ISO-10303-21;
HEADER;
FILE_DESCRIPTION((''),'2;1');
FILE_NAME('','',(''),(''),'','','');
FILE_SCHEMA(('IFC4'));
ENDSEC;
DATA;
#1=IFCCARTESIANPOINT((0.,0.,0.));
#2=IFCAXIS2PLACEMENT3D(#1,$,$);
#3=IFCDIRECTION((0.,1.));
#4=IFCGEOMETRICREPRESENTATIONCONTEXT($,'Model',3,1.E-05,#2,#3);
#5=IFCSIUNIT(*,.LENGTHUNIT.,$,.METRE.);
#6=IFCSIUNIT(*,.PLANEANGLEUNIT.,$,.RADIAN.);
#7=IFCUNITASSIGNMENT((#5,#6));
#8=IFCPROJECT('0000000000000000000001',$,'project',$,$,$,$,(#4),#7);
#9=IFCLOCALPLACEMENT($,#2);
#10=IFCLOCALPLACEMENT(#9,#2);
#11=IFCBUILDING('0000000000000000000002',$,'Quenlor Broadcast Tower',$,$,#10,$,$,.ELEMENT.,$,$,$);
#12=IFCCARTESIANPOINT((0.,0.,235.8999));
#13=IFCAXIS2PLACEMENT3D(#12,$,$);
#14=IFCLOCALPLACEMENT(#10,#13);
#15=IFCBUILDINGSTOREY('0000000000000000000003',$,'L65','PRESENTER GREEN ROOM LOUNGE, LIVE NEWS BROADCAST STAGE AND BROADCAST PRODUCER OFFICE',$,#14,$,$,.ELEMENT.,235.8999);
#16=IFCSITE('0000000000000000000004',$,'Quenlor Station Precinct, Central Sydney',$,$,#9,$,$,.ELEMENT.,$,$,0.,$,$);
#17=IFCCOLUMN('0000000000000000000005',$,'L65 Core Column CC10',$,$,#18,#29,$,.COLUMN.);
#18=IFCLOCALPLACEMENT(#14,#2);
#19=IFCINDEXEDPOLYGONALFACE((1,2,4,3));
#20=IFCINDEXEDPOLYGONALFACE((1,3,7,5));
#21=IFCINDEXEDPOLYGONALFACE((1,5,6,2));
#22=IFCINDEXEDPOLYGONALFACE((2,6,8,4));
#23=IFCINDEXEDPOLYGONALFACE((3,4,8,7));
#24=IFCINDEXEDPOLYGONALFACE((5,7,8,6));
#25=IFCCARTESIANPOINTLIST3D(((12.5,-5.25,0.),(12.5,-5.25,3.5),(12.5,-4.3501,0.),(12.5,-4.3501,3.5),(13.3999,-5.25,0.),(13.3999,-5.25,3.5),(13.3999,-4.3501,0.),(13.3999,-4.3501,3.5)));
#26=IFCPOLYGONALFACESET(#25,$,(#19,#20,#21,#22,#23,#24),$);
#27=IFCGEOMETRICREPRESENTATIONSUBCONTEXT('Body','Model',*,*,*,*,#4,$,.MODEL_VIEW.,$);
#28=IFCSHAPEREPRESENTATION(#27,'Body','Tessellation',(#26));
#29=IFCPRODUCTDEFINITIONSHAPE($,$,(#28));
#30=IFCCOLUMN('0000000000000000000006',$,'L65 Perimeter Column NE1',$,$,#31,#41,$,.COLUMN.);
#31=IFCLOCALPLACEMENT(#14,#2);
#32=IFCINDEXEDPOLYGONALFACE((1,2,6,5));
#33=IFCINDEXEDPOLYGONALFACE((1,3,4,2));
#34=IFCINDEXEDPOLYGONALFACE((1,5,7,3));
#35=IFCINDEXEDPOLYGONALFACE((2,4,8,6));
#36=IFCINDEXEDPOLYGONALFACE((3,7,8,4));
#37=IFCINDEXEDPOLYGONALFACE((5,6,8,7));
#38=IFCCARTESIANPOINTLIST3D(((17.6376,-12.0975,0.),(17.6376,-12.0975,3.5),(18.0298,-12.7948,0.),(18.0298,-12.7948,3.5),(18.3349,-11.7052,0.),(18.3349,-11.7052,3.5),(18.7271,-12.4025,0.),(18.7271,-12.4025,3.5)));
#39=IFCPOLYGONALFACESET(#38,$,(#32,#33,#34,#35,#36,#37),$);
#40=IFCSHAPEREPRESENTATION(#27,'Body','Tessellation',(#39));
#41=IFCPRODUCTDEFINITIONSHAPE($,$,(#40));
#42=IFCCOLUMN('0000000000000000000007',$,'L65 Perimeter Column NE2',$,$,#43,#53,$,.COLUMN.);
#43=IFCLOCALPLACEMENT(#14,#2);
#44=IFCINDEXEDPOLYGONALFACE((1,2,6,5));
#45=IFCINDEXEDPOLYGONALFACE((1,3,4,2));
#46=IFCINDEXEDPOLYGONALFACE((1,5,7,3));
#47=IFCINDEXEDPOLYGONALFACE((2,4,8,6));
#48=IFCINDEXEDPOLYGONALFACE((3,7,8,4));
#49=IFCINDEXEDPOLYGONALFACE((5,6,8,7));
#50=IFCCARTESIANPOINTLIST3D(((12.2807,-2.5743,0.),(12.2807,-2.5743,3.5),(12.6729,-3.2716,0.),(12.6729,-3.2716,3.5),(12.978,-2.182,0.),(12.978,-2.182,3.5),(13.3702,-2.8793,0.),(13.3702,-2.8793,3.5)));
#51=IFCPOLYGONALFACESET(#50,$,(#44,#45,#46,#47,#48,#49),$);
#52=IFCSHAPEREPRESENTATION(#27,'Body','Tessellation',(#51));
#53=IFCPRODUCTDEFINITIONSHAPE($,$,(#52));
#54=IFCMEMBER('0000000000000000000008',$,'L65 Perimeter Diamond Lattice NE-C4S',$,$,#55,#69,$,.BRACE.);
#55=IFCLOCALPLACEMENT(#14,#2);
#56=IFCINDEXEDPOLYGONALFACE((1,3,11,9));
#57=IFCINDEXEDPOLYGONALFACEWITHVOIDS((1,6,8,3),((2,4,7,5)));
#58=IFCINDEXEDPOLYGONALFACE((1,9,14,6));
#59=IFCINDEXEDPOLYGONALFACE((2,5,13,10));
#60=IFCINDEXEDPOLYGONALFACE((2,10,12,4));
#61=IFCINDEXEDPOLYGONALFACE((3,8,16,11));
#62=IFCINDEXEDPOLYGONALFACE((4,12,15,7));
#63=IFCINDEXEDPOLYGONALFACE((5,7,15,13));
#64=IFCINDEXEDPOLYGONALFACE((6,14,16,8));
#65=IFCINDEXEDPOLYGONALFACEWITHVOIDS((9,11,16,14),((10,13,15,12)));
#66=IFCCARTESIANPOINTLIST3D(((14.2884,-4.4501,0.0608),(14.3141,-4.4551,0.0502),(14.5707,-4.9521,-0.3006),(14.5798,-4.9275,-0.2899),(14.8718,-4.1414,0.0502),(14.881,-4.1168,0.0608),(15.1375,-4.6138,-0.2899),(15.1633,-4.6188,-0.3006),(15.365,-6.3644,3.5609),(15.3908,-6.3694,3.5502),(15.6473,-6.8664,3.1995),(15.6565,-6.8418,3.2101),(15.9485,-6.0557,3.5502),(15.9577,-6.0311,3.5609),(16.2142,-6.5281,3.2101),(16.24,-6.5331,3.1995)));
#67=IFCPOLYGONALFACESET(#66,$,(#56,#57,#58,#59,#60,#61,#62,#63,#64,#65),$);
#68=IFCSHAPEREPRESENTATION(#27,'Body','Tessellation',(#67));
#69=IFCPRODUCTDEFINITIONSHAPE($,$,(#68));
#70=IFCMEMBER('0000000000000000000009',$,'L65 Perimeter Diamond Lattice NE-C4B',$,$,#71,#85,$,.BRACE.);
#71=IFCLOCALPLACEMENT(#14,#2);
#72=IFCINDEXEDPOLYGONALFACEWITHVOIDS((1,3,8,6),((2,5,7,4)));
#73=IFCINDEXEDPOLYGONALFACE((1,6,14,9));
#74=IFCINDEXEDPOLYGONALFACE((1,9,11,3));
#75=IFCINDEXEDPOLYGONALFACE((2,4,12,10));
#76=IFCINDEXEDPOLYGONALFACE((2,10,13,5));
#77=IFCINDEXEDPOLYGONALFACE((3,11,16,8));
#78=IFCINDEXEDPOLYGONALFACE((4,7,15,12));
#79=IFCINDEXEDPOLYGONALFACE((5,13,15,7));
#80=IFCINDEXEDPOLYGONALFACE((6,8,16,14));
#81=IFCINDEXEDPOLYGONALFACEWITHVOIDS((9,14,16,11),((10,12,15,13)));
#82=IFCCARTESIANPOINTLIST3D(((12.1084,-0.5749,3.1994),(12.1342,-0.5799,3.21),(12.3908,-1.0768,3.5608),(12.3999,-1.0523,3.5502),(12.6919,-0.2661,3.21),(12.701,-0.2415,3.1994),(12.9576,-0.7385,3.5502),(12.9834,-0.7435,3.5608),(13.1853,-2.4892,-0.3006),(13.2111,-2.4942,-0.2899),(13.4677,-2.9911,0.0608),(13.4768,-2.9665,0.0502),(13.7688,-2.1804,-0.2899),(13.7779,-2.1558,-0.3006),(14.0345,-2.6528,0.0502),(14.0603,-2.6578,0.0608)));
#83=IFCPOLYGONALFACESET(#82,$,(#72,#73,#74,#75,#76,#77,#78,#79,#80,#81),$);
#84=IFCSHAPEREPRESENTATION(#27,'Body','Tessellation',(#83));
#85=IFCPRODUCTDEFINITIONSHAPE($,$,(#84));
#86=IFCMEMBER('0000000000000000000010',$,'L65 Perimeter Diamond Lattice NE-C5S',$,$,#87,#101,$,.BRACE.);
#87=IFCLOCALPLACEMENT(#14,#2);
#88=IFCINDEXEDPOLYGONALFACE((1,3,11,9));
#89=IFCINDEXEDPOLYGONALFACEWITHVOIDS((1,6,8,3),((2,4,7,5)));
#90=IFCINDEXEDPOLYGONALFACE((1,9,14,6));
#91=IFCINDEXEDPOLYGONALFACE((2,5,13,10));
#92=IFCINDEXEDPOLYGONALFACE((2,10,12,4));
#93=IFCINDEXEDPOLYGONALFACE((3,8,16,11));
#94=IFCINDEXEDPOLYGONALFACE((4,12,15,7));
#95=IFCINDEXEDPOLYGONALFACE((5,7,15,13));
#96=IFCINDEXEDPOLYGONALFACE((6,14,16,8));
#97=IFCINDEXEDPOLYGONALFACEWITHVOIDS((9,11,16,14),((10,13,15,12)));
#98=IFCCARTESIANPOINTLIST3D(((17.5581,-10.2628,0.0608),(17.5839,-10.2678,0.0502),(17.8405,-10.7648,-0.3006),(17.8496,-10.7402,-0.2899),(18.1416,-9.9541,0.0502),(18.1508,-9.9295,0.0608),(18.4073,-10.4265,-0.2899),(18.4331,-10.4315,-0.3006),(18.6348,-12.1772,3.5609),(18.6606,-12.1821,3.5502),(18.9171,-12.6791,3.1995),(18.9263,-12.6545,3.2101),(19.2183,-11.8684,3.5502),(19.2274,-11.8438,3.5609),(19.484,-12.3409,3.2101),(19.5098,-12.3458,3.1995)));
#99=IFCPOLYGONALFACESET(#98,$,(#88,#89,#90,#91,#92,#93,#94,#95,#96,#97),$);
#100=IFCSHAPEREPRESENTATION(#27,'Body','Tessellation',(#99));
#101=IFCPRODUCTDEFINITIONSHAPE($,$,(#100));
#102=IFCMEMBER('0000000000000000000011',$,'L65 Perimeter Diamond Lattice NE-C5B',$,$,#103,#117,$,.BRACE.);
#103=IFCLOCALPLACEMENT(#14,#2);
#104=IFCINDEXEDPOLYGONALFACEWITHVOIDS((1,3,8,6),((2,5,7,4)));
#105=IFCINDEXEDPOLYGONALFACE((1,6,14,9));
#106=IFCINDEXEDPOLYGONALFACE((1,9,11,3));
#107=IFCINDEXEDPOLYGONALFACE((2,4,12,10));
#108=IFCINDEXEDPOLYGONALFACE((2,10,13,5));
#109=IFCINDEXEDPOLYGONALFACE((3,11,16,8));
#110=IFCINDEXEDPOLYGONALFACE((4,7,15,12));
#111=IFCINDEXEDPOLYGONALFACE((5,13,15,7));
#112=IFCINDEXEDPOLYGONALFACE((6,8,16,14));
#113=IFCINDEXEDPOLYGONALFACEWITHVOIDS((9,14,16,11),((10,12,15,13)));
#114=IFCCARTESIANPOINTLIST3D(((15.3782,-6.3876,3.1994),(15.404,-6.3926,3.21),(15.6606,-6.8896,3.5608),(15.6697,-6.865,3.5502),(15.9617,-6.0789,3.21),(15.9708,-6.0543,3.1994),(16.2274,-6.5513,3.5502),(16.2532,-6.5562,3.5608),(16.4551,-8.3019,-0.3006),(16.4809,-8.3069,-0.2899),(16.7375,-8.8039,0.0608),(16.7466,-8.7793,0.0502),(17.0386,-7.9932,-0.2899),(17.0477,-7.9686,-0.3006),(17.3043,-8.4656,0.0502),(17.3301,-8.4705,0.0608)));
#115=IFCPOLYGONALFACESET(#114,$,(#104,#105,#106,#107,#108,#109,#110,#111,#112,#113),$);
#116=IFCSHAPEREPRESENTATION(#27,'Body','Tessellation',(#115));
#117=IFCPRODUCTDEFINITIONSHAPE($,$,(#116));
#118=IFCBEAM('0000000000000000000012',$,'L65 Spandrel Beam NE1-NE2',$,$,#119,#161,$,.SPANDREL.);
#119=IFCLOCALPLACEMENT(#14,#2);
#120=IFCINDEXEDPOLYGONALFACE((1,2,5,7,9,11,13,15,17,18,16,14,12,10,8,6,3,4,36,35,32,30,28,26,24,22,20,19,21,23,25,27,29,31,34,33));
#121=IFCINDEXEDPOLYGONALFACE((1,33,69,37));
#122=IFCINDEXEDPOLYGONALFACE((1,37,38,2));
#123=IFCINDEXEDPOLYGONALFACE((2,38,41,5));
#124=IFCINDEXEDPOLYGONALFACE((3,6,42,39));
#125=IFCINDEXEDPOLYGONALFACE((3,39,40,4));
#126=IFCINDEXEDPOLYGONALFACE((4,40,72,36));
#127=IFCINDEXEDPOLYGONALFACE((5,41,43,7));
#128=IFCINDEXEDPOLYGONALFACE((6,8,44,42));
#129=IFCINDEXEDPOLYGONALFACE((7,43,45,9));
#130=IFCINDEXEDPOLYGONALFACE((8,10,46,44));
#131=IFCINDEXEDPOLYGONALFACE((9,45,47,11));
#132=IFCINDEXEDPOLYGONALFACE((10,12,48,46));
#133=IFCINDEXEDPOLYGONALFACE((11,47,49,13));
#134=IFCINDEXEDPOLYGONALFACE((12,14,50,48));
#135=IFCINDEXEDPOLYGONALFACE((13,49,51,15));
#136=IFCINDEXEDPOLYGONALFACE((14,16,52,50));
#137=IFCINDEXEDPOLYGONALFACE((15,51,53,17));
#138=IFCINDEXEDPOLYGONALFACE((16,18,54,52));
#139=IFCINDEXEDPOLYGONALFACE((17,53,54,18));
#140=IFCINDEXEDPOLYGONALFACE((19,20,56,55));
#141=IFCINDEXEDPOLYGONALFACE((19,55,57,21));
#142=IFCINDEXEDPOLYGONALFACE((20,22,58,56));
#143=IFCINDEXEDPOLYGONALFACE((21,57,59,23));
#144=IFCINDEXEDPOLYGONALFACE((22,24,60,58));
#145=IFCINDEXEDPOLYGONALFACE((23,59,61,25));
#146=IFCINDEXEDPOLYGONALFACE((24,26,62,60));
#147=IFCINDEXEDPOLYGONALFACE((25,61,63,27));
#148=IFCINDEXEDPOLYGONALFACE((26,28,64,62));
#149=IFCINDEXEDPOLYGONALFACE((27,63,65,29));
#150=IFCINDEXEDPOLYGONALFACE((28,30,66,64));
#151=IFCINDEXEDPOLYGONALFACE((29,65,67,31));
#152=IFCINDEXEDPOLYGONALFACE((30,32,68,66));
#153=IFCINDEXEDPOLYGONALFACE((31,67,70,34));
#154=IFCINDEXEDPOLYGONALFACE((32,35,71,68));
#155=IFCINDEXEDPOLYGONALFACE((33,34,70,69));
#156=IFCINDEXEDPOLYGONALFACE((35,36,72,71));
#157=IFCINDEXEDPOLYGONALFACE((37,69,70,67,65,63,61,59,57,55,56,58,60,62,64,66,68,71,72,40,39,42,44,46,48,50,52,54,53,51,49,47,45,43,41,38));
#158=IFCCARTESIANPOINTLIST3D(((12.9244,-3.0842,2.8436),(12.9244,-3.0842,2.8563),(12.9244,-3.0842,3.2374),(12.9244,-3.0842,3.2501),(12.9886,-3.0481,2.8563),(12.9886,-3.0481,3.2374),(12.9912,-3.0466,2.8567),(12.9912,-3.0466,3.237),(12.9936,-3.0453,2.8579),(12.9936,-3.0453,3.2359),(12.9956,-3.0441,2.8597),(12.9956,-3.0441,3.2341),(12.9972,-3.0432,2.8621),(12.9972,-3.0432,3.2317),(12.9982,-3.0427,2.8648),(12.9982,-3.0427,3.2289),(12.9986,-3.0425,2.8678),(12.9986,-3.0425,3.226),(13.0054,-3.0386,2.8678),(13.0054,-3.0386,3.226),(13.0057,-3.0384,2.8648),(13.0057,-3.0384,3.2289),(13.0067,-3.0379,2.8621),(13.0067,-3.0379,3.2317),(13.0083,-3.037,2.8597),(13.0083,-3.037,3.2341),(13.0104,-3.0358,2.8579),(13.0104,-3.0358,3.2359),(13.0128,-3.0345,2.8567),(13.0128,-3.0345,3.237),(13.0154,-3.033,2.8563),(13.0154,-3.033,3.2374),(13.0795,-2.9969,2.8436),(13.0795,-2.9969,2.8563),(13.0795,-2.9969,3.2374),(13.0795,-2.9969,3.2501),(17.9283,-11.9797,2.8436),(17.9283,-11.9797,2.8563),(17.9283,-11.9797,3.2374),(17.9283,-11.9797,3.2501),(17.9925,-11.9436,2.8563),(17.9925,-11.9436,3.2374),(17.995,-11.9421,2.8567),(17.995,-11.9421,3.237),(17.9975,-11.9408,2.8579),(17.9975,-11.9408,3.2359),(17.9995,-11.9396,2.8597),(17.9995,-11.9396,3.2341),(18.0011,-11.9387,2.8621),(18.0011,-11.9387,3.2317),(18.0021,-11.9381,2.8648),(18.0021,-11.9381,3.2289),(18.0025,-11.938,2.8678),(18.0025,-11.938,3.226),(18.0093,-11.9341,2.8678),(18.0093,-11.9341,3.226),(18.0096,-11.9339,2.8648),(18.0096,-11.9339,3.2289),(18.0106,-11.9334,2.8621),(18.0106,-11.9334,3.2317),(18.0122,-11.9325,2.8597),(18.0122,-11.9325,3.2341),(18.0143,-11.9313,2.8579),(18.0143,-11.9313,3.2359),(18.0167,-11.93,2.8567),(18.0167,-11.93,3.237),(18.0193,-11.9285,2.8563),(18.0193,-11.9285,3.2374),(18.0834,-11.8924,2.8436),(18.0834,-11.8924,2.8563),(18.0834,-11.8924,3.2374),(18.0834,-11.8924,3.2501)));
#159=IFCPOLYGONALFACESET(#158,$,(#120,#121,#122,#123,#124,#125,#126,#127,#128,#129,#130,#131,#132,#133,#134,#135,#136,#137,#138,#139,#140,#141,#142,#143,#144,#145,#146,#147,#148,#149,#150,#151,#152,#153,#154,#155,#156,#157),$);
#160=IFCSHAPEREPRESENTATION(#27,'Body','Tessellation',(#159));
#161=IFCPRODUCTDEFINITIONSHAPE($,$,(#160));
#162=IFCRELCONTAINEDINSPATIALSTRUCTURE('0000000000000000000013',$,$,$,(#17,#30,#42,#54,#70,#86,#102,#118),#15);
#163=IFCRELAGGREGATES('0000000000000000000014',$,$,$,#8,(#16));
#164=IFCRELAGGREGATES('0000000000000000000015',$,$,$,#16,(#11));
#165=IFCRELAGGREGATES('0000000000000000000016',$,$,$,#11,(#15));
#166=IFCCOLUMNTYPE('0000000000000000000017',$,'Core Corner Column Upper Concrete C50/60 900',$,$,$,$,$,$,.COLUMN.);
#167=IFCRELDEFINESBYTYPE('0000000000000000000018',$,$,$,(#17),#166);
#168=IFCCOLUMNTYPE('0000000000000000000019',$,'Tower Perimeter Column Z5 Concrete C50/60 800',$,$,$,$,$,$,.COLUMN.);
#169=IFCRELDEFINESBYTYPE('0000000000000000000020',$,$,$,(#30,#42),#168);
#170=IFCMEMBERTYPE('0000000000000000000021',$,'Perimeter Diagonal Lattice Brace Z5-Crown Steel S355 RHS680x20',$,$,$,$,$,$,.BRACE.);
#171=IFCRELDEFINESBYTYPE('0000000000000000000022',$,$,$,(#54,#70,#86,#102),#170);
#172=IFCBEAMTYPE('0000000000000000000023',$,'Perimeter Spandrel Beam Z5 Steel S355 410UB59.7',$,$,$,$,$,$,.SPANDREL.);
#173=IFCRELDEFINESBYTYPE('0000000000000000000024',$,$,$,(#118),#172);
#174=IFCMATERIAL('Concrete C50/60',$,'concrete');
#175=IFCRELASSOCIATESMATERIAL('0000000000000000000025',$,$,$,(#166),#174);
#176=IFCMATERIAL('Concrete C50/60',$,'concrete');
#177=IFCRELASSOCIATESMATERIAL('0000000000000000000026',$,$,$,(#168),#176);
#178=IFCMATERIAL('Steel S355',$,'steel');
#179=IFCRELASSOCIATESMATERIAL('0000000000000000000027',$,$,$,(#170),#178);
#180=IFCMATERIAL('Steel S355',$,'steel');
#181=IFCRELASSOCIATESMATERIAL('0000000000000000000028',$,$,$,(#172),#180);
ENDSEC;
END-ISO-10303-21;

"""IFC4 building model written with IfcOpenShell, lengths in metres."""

from ifc_helpers import new_model, si_unit, direction, frame, origin, origin_2d, place, context, subcontext, project, spatial, rectangle, hollow_rectangle, i_section, extrude, material, material_profile, profile_set, type_object, element, save


model = new_model("IFC4")

# Units and contexts
model_context = context("Model", 3, precision=1e-05, world=origin(), true_north=direction((0.0, 1.0)))
body_context = subcontext(model_context, "Body", "Model", "MODEL_VIEW")
ifc_project = project(units=[si_unit("LENGTHUNIT", "METRE"), si_unit("PLANEANGLEUNIT", "RADIAN")], contexts=[model_context])

# Site, building, storey
site_placement = place(None, origin())
site = spatial("IfcSite", under=ifc_project, at=site_placement, Name="Quenlor Station Precinct, Central Sydney", CompositionType="ELEMENT", RefElevation=0.0)
building_placement = place(site_placement, origin())
building = spatial("IfcBuilding", under=site, at=building_placement, Name="Quenlor Broadcast Tower", CompositionType="ELEMENT")
storey_placement = place(building_placement, frame((0.0, 0.0, 235.8999)))
storey = spatial("IfcBuildingStorey", under=building, at=storey_placement, Name="L65", Description="PRESENTER GREEN ROOM LOUNGE, LIVE NEWS BROADCAST STAGE AND BROADCAST PRODUCER OFFICE", CompositionType="ELEMENT", Elevation=235.8999)

# Columns
ifc_material_1 = material(Name="Concrete C50/60", Category="concrete")
ifc_material_profile_1 = material_profile(ifc_material_1, rectangle(XDim=0.8999, YDim=0.8999, at=origin_2d()))
ifc_profile_set_1 = profile_set([ifc_material_profile_1], Name="Concrete C50/60 RC900x900")
column_type_1 = type_object("IfcColumnType", Name="Core Corner Column Upper Concrete C50/60 900", PredefinedType="COLUMN", material=ifc_profile_set_1)
column_placement = place(storey_placement, frame((12.95, -4.8, 0.0), z_axis=(0.0, 0.0, 1.0), x_axis=(1.0, 0.0, 0.0)))
element("IfcColumn", 1, at=column_placement, inside=storey, type_object=column_type_1, Name="L65 Core Column CC10", PredefinedType="COLUMN", context=body_context, shape_type="SweptSolid", body=[
    extrude(rectangle(XDim=0.8999, YDim=0.8999, at=origin_2d()), origin(), (0.0, 0.0, 1.0), 3.5),
])
ifc_material_2 = material(Name="Concrete C50/60", Category="concrete")
ifc_material_profile_2 = material_profile(ifc_material_2, rectangle(XDim=0.8, YDim=0.8, at=origin_2d()))
ifc_profile_set_2 = profile_set([ifc_material_profile_2], Name="Concrete C50/60 RC800x800")
column_type_2 = type_object("IfcColumnType", Name="Tower Perimeter Column Z5 Concrete C50/60 800", PredefinedType="COLUMN", material=ifc_profile_set_2)
for number, where, z_axis, x_axis, name in (
    (2, (18.1824, -12.25, 0.0), (0.0, 0.0, 1.0), (0.871575, 0.490262, 0.0), "L65 Perimeter Column NE1"),
    (3, (12.8254, -2.7268, 0.0), (0.0, 0.0, 1.0), (0.871575, 0.490262, 0.0), "L65 Perimeter Column NE2"),
):
    element("IfcColumn", number, at=place(storey_placement, frame(where, z_axis=z_axis, x_axis=x_axis)), inside=storey, type_object=column_type_2, Name=name, PredefinedType="COLUMN", context=body_context, shape_type="SweptSolid", body=[
        extrude(rectangle(XDim=0.8, YDim=0.8, at=origin_2d()), origin(), (0.0, 0.0, 1.0), 3.5),
    ])

# Members
ifc_material_3 = material(Name="Steel S355", Category="steel")
ifc_material_profile_3 = material_profile(ifc_material_3, hollow_rectangle(XDim=0.6799, YDim=0.6799, WallThickness=0.02, at=origin_2d()))
ifc_profile_set_3 = profile_set([ifc_material_profile_3], Name="Steel S355 RHS680x680x20")
member_type = type_object("IfcMemberType", Name="Perimeter Diagonal Lattice Brace Z5-Crown Steel S355 RHS680x20", PredefinedType="BRACE", material=ifc_profile_set_3)
for number, where, z_axis, x_axis, name in (
    (4, (14.7258, -4.5344, -0.1199), (0.260564, -0.463283, 0.847039), (0.871602, 0.490214, 0.0), "L65 Perimeter Diamond Lattice NE-C4S"),
    (5, (13.6228, -2.5735, -0.1199), (-0.260619, 0.463276, 0.847026), (-0.871555, -0.490298, 0.0), "L65 Perimeter Diamond Lattice NE-C4B"),
    (6, (17.9956, -10.3472, -0.1199), (0.260564, -0.463283, 0.847039), (0.871602, 0.490214, 0.0), "L65 Perimeter Diamond Lattice NE-C5S"),
    (7, (16.8926, -8.3862, -0.1199), (-0.260619, 0.463276, 0.847026), (-0.871555, -0.490298, 0.0), "L65 Perimeter Diamond Lattice NE-C5B"),
):
    element("IfcMember", number, at=place(storey_placement, frame(where, z_axis=z_axis, x_axis=x_axis)), inside=storey, type_object=member_type, Name=name, PredefinedType="BRACE", context=body_context, shape_type="SweptSolid", body=[
        extrude(hollow_rectangle(XDim=0.6799, YDim=0.6799, WallThickness=0.02, at=origin_2d()), origin(), (0.0, 0.0, 1.0), 4.1321),
    ])

# Beam
ifc_material_4 = material(Name="Steel S355", Category="steel")
ifc_material_profile_4 = material_profile(ifc_material_4, i_section(OverallWidth=0.178, OverallDepth=0.4065, WebThickness=0.0078, FlangeThickness=0.0127, FilletRadius=0.0115, at=origin_2d()))
ifc_profile_set_4 = profile_set([ifc_material_profile_4], Name="Steel S355 410UB59.7")
beam_type_1 = type_object("IfcBeamType", Name="Perimeter Spandrel Beam Z5 Steel S355 410UB59.7", PredefinedType="SPANDREL", material=ifc_profile_set_4)
beam_1_placement = place(storey_placement, frame((18.0059, -11.936, 3.0469), z_axis=(-0.490275, 0.871568, 0.0), x_axis=(-0.871568, -0.490275, 0.0)))
element("IfcBeam", 8, at=beam_1_placement, inside=storey, type_object=beam_type_1, Name="L65 Spandrel Beam NE1-NE2", PredefinedType="SPANDREL", context=body_context, shape_type="SweptSolid", body=[
    extrude(i_section(OverallWidth=0.178, OverallDepth=0.4065, WebThickness=0.0078, FlangeThickness=0.0127, FilletRadius=0.0115, at=origin_2d()), origin(), (0.0, 0.0, 1.0), 10.2063),
])

save(model, "model.ifc")
